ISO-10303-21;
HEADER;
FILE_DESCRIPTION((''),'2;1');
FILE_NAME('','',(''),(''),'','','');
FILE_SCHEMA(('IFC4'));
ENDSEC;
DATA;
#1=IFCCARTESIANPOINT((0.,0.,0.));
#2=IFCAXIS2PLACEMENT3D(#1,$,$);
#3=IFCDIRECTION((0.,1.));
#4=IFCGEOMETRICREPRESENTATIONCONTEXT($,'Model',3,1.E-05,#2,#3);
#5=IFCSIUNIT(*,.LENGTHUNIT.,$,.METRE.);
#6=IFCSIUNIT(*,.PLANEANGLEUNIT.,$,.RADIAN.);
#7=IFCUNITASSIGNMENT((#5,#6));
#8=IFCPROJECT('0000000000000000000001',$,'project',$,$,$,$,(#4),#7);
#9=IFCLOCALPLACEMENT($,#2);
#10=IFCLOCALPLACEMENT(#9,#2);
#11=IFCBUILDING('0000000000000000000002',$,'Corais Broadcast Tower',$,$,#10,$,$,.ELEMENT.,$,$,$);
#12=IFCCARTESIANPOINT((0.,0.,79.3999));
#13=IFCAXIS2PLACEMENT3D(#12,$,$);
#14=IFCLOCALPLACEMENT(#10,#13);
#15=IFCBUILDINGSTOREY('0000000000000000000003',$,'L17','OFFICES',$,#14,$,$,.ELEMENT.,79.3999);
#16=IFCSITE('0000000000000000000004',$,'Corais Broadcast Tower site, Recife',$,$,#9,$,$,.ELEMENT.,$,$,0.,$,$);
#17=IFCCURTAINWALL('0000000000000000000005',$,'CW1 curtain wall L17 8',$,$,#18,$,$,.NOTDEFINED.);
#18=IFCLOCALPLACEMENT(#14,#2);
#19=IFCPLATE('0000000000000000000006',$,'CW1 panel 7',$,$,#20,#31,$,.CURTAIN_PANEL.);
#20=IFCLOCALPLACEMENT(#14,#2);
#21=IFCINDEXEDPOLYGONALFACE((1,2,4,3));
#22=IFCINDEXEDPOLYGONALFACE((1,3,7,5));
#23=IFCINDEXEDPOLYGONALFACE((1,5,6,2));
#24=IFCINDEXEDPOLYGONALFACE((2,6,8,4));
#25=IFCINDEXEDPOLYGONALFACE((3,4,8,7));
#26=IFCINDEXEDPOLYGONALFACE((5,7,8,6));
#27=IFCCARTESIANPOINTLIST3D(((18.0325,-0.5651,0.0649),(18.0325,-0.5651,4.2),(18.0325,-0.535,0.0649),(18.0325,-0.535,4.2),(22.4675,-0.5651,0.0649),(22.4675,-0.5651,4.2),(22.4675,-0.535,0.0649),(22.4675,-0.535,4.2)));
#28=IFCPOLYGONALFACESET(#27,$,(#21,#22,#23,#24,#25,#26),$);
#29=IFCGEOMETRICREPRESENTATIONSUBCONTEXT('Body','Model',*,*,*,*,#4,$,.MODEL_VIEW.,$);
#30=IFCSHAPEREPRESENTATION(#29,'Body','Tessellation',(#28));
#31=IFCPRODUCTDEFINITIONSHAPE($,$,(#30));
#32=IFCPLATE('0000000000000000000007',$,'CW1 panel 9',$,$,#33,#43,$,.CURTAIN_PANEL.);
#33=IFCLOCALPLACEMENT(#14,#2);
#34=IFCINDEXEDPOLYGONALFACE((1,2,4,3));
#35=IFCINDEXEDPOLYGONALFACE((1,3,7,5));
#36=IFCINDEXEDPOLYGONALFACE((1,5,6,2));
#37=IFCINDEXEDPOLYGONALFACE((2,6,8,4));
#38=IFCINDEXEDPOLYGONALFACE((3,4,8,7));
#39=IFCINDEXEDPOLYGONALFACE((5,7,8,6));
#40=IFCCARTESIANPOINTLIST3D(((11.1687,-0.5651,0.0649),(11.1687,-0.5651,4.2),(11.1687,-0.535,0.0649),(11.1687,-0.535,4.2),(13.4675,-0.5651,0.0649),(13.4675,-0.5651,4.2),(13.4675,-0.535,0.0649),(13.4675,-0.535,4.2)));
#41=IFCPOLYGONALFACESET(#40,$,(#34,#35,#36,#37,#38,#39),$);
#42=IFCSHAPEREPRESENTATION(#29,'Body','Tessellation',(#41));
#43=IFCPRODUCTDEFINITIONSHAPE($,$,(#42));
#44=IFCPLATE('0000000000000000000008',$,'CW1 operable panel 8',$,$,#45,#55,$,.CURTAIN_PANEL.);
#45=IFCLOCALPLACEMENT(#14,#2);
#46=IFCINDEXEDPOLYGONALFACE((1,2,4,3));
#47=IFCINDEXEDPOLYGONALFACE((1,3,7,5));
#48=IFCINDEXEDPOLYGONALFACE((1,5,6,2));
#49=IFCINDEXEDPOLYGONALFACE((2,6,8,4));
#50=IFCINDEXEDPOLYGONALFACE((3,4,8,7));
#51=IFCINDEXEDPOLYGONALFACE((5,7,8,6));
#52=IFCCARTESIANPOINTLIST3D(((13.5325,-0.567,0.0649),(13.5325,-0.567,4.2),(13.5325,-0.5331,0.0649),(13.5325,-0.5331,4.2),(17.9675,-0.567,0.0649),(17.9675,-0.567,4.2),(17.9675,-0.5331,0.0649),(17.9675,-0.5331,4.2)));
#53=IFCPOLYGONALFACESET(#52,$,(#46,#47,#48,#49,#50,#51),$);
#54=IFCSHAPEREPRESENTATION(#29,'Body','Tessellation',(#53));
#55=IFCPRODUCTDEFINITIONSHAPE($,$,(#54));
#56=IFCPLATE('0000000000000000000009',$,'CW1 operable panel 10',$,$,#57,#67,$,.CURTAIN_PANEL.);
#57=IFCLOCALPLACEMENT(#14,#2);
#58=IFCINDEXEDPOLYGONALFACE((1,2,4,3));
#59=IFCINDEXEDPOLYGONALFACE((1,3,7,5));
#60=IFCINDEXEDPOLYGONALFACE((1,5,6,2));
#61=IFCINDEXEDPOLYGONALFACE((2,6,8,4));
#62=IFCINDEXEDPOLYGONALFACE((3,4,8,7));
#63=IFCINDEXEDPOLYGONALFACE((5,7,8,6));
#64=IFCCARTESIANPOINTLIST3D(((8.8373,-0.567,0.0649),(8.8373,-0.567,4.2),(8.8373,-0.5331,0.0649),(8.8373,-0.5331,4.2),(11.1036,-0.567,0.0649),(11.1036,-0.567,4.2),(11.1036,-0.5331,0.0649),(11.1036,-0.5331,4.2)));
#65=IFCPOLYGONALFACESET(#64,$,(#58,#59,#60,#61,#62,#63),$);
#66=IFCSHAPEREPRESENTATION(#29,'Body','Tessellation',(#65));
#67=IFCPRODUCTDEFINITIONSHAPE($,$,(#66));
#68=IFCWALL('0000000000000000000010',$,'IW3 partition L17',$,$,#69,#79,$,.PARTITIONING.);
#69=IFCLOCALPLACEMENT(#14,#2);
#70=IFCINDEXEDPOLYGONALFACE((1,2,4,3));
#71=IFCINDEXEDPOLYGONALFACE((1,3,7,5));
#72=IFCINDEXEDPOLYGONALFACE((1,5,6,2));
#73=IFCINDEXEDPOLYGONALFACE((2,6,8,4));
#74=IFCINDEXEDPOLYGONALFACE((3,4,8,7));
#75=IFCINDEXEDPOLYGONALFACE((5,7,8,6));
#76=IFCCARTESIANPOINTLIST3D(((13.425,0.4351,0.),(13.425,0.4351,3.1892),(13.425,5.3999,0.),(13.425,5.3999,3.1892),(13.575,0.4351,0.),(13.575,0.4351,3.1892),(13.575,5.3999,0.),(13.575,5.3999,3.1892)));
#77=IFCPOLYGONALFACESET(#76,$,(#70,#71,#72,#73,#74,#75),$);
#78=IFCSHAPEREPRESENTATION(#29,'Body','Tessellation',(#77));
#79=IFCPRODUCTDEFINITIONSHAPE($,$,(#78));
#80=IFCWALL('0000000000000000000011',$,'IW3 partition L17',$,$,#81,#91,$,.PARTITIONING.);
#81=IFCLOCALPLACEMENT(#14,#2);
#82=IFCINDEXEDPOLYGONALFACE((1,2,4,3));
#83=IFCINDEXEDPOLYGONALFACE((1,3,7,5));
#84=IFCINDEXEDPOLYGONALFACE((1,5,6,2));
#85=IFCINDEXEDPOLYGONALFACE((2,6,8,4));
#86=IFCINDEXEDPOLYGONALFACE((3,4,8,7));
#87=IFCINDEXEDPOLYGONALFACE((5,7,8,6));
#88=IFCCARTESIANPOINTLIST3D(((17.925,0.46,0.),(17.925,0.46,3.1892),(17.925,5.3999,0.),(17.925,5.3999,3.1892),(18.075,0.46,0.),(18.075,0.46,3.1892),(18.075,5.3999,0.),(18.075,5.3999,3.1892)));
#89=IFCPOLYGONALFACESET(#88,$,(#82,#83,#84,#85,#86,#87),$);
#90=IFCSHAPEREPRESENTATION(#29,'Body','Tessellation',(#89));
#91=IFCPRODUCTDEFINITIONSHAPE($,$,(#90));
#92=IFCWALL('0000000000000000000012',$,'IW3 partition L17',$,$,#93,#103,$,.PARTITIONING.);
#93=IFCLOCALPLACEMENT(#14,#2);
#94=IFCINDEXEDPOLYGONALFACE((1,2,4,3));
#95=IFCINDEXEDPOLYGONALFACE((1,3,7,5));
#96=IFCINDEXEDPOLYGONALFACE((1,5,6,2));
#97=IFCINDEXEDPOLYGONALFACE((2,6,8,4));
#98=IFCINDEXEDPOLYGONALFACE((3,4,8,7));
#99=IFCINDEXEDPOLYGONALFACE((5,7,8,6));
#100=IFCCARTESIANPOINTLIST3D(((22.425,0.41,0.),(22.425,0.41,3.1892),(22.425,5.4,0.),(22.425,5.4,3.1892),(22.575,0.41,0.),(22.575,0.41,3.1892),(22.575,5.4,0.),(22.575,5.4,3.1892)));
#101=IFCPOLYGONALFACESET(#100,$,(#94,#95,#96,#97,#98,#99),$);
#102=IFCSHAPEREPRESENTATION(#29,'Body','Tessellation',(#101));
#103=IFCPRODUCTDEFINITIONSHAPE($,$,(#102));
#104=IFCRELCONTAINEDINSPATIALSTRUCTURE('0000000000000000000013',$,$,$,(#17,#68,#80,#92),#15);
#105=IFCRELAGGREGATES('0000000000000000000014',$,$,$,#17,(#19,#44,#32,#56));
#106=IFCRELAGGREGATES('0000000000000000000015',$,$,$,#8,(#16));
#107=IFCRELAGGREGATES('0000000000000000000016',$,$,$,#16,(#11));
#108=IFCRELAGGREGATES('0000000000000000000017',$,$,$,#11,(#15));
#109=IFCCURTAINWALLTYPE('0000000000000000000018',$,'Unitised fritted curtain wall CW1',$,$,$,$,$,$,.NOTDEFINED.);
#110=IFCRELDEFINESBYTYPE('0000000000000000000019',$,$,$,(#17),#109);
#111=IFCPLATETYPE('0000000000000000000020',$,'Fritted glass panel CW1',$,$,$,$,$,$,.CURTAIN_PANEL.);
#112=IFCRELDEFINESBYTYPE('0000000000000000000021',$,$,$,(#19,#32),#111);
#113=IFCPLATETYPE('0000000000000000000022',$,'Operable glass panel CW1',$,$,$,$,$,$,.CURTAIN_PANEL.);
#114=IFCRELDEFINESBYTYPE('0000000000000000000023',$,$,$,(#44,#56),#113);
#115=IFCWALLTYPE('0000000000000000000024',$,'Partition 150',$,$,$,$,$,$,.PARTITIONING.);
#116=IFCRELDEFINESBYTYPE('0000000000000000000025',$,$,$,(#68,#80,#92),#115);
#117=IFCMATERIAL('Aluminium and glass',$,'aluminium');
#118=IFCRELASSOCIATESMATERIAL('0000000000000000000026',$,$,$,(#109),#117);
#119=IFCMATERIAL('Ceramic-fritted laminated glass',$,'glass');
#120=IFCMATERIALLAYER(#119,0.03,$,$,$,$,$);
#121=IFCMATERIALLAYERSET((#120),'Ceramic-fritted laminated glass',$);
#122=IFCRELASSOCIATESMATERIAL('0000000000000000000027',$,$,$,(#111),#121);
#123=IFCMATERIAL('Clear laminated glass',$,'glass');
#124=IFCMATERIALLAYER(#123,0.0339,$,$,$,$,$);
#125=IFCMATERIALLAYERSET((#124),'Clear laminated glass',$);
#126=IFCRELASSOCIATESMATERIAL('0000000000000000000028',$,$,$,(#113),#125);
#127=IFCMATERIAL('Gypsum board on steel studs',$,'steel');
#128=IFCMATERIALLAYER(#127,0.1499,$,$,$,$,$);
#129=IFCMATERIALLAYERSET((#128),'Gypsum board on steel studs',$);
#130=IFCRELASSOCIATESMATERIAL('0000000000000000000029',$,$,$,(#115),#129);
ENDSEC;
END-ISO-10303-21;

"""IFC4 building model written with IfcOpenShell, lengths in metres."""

from ifc_helpers import new_model, si_unit, direction, frame, frame_2d, origin, origin_2d, place, context, subcontext, project, spatial, rectangle, extrude, material, layer, layer_set, type_object, element, aggregate, save


model = new_model("IFC4")

# Units and contexts
model_context = context("Model", 3, precision=1e-05, world=origin(), true_north=direction((0.0, 1.0)))
body_context = subcontext(model_context, "Body", "Model", "MODEL_VIEW")
ifc_project = project(units=[si_unit("LENGTHUNIT", "METRE"), si_unit("PLANEANGLEUNIT", "RADIAN")], contexts=[model_context])

# Site, building, storey
site_placement = place(None, origin())
site = spatial("IfcSite", under=ifc_project, at=site_placement, Name="Corais Broadcast Tower site, Recife", CompositionType="ELEMENT", RefElevation=0.0)
building_placement = place(site_placement, origin())
building = spatial("IfcBuilding", under=site, at=building_placement, Name="Corais Broadcast Tower", CompositionType="ELEMENT")
storey_placement = place(building_placement, frame((0.0, 0.0, 79.3999)))
storey = spatial("IfcBuildingStorey", under=building, at=storey_placement, Name="L17", Description="OFFICES", CompositionType="ELEMENT", Elevation=79.3999)

# Curtain wall
ifc_material_1 = material(Name="Aluminium and glass", Category="aluminium")
curtain_wall_type = type_object("IfcCurtainWallType", Name="Unitised fritted curtain wall CW1", PredefinedType="NOTDEFINED", material=ifc_material_1)
curtain_wall_placement = place(storey_placement, origin())
curtain_wall = element("IfcCurtainWall", 1, at=curtain_wall_placement, inside=storey, type_object=curtain_wall_type, Name="CW1 curtain wall L17 8", PredefinedType="NOTDEFINED")

# Plates
ifc_material_2 = material(Name="Ceramic-fritted laminated glass", Category="glass")
ifc_layer_1 = layer(ifc_material_2, 0.03)
ifc_layer_set_1 = layer_set([ifc_layer_1], Name="Ceramic-fritted laminated glass")
plate_type_1 = type_object("IfcPlateType", Name="Fritted glass panel CW1", PredefinedType="CURTAIN_PANEL", material=ifc_layer_set_1)
plate_1_placement = place(storey_placement, frame((20.25, -0.55, 0.0649), z_axis=(0.0, 0.0, 1.0), x_axis=(-1.0, 0.0, 0.0)))
plate_1 = element("IfcPlate", 2, at=plate_1_placement, type_object=plate_type_1, Name="CW1 panel 7", PredefinedType="CURTAIN_PANEL", context=body_context, shape_type="SweptSolid", body=[
    extrude(rectangle(XDim=4.4351, YDim=0.03, at=origin_2d()), origin(), (0.0, 0.0, 1.0), 4.135),
])
plate_2_placement = place(storey_placement, frame((12.3181, -0.55, 0.0649), z_axis=(0.0, 0.0, 1.0), x_axis=(-1.0, 0.0, 0.0)))
plate_2 = element("IfcPlate", 3, at=plate_2_placement, type_object=plate_type_1, Name="CW1 panel 9", PredefinedType="CURTAIN_PANEL", context=body_context, shape_type="SweptSolid", body=[
    extrude(rectangle(XDim=2.2988, YDim=0.03, at=origin_2d()), origin(), (0.0, 0.0, 1.0), 4.135),
])
ifc_material_3 = material(Name="Clear laminated glass", Category="glass")
ifc_layer_2 = layer(ifc_material_3, 0.0339)
ifc_layer_set_2 = layer_set([ifc_layer_2], Name="Clear laminated glass")
plate_type_2 = type_object("IfcPlateType", Name="Operable glass panel CW1", PredefinedType="CURTAIN_PANEL", material=ifc_layer_set_2)
plate_3_placement = place(storey_placement, frame((15.75, -0.55, 0.0649), z_axis=(0.0, 0.0, 1.0), x_axis=(-1.0, 0.0, 0.0)))
plate_3 = element("IfcPlate", 4, at=plate_3_placement, type_object=plate_type_2, Name="CW1 operable panel 8", PredefinedType="CURTAIN_PANEL", context=body_context, shape_type="SweptSolid", body=[
    extrude(rectangle(XDim=4.4351, YDim=0.0339, at=origin_2d()), origin(), (0.0, 0.0, 1.0), 4.135),
])
plate_4_placement = place(storey_placement, frame((9.9705, -0.55, 0.0649), z_axis=(0.0, 0.0, 1.0), x_axis=(-1.0, 0.0, 0.0)))
plate_4 = element("IfcPlate", 5, at=plate_4_placement, type_object=plate_type_2, Name="CW1 operable panel 10", PredefinedType="CURTAIN_PANEL", context=body_context, shape_type="SweptSolid", body=[
    extrude(rectangle(XDim=2.2664, YDim=0.0339, at=origin_2d()), origin(), (0.0, 0.0, 1.0), 4.135),
])
aggregate(curtain_wall, [plate_1, plate_3, plate_2, plate_4])

# Walls
ifc_material_4 = material(Name="Gypsum board on steel studs", Category="steel")
ifc_layer_3 = layer(ifc_material_4, 0.1499)
ifc_layer_set_3 = layer_set([ifc_layer_3], Name="Gypsum board on steel studs")
wall_type = type_object("IfcWallType", Name="Partition 150", PredefinedType="PARTITIONING", material=ifc_layer_set_3)
wall_1_placement = place(storey_placement, frame((13.5, 0.4351, 0.0), z_axis=(0.0, 0.0, 1.0), x_axis=(0.0, 1.0, 0.0)))
element("IfcWall", 6, at=wall_1_placement, inside=storey, type_object=wall_type, Name="IW3 partition L17", PredefinedType="PARTITIONING", context=body_context, shape_type="SweptSolid", body=[
    extrude(rectangle(XDim=4.9648, YDim=0.1499, at=frame_2d((2.4824, 0.0))), origin(), (0.0, 0.0, 1.0), 3.1892),
])
wall_2_placement = place(storey_placement, frame((18.0, 0.46, 0.0), z_axis=(0.0, 0.0, 1.0), x_axis=(0.0, 1.0, 0.0)))
element("IfcWall", 7, at=wall_2_placement, inside=storey, type_object=wall_type, Name="IW3 partition L17", PredefinedType="PARTITIONING", context=body_context, shape_type="SweptSolid", body=[
    extrude(rectangle(XDim=4.9399, YDim=0.1499, at=frame_2d((2.47, 0.0))), origin(), (0.0, 0.0, 1.0), 3.1892),
])
wall_3_placement = place(storey_placement, frame((22.5, 0.4099, 0.0), z_axis=(0.0, 0.0, 1.0), x_axis=(0.0, 1.0, 0.0)))
element("IfcWall", 8, at=wall_3_placement, inside=storey, type_object=wall_type, Name="IW3 partition L17", PredefinedType="PARTITIONING", context=body_context, shape_type="SweptSolid", body=[
    extrude(rectangle(XDim=4.99, YDim=0.1499, at=frame_2d((2.4951, 0.0))), origin(), (0.0, 0.0, 1.0), 3.1892),
])

save(model, "model.ifc")
